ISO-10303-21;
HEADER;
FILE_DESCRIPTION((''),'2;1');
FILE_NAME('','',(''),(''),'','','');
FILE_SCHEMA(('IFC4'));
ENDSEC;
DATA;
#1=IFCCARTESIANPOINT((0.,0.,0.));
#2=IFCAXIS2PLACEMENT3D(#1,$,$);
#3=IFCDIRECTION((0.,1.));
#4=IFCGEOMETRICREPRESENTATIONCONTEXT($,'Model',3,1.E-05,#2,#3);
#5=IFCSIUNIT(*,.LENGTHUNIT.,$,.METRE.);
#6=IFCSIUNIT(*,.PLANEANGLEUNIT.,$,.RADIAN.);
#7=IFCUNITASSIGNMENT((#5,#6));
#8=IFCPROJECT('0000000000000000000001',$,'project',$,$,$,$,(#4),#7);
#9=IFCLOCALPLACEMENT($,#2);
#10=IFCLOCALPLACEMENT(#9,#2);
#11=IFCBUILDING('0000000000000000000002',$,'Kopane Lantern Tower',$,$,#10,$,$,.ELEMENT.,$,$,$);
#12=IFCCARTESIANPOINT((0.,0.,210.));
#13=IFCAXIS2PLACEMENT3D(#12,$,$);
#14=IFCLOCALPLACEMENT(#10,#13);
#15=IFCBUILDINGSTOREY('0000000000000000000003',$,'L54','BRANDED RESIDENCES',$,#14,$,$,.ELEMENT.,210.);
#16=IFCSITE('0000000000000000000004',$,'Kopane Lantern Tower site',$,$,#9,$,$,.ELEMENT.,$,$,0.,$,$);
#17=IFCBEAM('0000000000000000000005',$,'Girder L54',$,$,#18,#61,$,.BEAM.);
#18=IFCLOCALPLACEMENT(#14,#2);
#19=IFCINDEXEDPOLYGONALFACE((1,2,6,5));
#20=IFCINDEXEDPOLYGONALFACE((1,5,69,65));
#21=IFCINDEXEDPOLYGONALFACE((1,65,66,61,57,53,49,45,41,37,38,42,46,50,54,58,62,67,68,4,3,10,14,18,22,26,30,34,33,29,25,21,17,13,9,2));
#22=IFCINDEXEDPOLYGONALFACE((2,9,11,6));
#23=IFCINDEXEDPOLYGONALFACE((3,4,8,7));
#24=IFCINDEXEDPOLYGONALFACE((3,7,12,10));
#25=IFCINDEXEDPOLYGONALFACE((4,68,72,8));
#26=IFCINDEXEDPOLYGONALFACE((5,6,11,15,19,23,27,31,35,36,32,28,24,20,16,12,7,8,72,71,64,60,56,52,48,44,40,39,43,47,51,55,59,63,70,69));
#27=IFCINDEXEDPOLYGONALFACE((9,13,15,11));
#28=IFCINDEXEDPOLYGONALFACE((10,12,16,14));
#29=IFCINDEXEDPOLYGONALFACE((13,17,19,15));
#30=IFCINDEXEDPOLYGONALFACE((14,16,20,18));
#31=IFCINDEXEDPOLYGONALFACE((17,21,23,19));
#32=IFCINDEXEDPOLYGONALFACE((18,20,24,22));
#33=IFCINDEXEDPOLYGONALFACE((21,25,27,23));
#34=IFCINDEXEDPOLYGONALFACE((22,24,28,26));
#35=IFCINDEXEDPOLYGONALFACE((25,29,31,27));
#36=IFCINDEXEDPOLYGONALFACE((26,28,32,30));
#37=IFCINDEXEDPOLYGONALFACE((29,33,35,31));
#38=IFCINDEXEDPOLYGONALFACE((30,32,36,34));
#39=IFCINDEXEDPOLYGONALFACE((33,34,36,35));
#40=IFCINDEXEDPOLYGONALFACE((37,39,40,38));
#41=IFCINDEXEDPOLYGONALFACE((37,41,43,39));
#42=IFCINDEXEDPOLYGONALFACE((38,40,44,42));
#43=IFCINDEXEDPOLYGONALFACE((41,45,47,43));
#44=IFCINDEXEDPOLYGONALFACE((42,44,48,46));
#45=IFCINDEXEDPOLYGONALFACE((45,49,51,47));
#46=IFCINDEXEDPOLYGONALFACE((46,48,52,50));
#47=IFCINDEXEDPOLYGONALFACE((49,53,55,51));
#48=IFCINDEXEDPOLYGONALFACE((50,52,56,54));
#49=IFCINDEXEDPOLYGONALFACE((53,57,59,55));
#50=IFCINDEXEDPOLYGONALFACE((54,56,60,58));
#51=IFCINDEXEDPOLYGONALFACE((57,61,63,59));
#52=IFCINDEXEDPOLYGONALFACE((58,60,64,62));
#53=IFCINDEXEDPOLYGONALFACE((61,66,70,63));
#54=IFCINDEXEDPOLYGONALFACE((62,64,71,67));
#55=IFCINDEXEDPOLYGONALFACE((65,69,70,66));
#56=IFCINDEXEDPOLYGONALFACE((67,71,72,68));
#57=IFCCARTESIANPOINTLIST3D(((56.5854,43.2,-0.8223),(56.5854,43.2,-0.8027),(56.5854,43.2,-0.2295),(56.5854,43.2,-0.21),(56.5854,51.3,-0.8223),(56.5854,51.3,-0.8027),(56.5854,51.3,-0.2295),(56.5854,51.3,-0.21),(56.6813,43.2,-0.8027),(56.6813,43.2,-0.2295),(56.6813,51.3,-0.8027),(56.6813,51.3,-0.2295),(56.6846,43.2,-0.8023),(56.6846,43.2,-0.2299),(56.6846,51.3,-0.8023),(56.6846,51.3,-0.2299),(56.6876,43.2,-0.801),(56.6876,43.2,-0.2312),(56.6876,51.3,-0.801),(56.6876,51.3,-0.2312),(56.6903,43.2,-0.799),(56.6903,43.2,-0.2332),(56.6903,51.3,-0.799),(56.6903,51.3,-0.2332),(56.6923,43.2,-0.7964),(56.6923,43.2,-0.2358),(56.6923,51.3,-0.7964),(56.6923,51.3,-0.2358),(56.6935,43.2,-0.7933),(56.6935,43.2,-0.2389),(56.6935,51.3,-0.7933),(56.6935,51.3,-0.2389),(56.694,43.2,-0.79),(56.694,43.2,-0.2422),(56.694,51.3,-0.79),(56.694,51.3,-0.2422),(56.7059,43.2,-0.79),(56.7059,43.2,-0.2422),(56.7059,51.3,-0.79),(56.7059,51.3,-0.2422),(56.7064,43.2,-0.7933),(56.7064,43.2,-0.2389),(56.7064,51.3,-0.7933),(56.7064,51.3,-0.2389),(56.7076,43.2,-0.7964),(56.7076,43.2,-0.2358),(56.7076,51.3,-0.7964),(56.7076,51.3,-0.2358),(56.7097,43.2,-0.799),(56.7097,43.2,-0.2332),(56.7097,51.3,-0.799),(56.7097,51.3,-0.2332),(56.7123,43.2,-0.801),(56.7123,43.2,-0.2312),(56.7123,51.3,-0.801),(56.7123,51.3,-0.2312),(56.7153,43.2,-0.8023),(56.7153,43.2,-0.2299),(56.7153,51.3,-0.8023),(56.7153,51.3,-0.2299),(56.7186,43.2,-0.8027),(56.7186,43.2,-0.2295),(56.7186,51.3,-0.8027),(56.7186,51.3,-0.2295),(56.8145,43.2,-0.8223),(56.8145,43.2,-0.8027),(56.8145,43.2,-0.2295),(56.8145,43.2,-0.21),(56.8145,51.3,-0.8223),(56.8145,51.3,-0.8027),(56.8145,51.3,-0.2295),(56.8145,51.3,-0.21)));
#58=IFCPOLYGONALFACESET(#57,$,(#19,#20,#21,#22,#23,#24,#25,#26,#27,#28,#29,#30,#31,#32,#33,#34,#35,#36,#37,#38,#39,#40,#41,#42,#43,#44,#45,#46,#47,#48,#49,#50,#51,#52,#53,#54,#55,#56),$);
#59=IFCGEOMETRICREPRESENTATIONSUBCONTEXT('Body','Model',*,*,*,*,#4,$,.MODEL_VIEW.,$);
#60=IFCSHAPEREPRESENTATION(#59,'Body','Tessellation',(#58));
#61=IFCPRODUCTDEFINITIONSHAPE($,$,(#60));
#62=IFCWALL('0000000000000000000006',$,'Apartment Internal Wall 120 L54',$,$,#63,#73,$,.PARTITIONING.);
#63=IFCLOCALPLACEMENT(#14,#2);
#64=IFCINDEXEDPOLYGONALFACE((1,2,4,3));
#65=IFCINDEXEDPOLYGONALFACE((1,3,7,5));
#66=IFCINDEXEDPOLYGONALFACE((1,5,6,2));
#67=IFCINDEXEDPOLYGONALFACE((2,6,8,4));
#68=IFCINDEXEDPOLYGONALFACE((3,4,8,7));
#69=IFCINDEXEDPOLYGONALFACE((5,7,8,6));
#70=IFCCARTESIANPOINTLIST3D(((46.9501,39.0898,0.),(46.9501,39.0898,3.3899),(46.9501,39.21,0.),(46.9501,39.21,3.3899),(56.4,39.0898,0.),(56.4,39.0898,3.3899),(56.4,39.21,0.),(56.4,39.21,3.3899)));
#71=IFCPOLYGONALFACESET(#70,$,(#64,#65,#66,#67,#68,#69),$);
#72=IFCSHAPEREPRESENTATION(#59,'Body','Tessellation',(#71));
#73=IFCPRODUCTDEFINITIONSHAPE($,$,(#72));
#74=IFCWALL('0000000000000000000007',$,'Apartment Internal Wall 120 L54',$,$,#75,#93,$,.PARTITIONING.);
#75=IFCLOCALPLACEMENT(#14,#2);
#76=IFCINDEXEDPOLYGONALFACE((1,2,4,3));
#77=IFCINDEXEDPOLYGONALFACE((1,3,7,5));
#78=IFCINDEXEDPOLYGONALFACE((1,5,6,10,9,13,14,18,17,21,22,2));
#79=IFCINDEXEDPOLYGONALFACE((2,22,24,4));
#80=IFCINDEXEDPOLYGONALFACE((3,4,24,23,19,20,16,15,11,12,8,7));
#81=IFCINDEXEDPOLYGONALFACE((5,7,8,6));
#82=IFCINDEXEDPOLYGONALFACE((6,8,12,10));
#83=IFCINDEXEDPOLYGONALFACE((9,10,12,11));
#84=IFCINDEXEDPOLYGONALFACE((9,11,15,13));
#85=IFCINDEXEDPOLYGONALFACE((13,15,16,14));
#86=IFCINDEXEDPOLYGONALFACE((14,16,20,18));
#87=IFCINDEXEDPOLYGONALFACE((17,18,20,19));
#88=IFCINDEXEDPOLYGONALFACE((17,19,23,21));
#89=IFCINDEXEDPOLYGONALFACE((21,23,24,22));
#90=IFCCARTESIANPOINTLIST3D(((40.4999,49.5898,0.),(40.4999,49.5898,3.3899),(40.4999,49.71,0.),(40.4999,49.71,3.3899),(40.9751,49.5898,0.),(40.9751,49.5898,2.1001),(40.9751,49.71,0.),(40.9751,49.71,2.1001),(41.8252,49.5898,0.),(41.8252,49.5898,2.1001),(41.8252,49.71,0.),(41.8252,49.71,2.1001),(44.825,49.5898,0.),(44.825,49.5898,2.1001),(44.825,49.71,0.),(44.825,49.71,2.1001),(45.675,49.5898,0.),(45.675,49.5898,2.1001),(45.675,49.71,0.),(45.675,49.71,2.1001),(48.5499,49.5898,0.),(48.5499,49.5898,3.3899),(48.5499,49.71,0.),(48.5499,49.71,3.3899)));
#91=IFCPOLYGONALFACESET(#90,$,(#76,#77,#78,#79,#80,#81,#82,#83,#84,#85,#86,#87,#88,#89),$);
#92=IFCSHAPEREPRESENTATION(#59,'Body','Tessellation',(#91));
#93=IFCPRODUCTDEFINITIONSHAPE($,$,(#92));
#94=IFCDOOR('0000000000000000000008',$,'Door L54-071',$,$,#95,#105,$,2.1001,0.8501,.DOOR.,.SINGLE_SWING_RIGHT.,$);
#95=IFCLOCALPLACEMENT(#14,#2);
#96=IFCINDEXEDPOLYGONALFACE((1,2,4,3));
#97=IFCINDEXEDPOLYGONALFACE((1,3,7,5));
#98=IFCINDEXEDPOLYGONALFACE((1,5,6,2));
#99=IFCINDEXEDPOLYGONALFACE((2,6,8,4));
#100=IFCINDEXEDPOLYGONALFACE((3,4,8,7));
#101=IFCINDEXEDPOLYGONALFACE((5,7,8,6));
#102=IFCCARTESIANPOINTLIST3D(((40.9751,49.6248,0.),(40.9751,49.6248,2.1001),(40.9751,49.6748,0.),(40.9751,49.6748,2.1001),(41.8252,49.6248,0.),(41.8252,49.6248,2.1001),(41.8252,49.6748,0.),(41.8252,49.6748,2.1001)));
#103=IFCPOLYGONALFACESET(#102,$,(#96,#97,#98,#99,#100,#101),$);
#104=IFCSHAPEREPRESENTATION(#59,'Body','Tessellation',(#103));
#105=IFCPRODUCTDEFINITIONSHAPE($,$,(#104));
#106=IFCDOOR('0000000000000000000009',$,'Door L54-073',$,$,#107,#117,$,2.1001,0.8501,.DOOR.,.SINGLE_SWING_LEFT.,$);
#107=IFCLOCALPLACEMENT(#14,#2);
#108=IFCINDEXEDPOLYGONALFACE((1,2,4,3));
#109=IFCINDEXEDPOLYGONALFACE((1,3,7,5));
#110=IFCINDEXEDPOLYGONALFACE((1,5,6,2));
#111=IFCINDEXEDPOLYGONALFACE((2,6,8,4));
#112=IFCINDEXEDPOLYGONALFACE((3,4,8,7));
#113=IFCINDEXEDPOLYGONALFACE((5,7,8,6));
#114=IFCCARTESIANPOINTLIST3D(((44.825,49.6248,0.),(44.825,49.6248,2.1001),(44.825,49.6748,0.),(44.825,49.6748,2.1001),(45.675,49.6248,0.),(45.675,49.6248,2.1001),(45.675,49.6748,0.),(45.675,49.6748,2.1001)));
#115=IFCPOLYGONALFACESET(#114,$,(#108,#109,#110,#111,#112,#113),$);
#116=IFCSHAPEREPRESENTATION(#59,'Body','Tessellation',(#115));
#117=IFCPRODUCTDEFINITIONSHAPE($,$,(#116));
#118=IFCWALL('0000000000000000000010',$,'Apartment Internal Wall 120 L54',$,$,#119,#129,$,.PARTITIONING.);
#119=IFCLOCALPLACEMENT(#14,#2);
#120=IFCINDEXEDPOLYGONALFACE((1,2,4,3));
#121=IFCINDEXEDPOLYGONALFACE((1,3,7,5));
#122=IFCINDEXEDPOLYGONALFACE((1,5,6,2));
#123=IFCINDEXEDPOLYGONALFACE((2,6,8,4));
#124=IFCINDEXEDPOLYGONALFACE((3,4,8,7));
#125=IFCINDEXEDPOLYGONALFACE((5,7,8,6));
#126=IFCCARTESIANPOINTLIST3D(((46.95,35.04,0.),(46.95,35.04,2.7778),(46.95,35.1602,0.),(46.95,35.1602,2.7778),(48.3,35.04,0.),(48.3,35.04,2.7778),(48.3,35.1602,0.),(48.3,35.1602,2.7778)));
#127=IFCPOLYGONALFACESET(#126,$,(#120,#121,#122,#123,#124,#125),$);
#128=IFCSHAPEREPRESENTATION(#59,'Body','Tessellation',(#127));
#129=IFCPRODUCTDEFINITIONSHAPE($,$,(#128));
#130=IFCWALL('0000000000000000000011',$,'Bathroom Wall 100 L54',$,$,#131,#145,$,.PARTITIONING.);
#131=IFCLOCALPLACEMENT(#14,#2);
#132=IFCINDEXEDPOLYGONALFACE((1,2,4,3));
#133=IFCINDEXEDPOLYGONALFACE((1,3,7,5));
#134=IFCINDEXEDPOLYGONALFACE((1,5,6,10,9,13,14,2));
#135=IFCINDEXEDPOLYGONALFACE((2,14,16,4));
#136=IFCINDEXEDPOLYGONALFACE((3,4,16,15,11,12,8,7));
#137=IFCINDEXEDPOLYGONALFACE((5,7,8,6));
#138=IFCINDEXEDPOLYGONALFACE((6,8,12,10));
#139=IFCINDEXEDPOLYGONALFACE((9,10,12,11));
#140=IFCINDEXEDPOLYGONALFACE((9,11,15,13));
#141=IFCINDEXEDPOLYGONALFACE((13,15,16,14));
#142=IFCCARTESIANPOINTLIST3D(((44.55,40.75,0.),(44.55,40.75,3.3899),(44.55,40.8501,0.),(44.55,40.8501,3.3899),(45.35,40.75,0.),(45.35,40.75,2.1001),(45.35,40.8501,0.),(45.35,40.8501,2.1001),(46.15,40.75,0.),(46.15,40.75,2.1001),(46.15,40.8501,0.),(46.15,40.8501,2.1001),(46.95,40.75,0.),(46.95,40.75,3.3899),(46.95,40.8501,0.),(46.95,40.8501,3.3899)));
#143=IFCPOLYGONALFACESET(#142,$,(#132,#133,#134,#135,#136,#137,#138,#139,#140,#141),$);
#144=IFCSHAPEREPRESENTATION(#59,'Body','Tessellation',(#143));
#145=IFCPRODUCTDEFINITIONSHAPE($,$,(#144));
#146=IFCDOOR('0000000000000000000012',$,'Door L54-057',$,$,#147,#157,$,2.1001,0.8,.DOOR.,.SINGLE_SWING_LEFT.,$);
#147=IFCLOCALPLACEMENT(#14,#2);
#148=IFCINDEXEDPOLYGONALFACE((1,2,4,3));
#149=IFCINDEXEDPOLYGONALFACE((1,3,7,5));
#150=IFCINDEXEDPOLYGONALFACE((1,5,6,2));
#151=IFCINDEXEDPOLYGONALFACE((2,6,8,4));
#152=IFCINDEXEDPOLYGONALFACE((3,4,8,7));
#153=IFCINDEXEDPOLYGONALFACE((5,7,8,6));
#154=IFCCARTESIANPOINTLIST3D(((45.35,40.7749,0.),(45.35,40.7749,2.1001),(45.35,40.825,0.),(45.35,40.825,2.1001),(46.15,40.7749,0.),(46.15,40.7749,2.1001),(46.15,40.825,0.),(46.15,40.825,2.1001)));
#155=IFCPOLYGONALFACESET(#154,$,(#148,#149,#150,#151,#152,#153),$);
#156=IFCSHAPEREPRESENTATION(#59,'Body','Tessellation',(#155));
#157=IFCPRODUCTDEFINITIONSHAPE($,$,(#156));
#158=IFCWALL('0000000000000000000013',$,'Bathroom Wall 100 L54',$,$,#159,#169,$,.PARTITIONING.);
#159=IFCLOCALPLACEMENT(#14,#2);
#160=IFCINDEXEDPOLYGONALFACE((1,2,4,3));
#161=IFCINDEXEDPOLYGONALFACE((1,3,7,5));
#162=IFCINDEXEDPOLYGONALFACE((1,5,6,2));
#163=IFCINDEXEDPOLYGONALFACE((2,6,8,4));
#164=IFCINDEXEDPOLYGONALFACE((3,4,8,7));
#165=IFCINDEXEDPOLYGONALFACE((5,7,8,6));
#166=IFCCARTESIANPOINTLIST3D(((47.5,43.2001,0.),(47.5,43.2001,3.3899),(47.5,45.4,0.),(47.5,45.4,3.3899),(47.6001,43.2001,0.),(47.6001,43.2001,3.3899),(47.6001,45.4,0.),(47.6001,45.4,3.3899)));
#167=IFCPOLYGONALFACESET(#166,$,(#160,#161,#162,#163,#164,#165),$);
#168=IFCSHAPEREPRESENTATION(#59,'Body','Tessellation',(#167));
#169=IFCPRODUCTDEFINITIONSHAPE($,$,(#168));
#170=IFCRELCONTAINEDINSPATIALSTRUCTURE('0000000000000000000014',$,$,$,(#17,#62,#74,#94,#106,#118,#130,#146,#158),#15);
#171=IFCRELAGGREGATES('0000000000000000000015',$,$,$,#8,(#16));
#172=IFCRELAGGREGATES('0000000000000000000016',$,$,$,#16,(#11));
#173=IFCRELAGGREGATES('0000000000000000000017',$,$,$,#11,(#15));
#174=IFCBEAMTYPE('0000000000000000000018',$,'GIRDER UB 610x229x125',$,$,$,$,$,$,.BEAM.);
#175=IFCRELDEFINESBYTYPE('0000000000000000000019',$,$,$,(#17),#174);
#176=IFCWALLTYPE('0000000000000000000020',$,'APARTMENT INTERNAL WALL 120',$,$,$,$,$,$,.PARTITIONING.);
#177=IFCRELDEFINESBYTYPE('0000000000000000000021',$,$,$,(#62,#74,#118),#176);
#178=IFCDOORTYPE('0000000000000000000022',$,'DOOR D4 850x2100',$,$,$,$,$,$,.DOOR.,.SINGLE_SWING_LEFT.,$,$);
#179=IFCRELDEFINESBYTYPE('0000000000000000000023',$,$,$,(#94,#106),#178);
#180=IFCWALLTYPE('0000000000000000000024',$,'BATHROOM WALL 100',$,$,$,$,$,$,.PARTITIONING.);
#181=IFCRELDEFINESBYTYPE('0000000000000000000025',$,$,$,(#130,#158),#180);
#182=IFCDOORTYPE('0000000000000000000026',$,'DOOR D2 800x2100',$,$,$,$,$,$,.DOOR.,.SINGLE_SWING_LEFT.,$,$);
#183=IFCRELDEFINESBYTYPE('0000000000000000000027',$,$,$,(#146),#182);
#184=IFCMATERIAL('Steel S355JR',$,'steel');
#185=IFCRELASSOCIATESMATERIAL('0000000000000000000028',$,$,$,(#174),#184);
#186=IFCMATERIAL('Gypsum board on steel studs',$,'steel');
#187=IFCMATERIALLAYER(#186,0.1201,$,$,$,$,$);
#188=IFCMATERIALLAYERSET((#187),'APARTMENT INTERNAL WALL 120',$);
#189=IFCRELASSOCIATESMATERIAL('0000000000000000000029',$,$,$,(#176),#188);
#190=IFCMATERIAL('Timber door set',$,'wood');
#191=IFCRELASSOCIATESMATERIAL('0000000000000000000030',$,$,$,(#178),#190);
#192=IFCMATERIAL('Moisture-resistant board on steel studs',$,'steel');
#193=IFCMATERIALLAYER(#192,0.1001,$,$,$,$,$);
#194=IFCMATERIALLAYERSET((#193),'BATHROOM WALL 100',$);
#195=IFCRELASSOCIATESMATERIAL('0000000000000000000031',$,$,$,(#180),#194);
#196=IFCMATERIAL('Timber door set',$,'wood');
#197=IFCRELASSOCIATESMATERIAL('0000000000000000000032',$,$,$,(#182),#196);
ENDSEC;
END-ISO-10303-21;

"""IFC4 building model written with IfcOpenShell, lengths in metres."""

from ifc_helpers import new_model, si_unit, direction, frame, frame_2d, origin, origin_2d, place, context, subcontext, project, spatial, rectangle, i_section, extrude, material, layer, layer_set, material_profile, profile_set, type_object, element, fill, save


model = new_model("IFC4")

# Units and contexts
model_context = context("Model", 3, precision=1e-05, world=origin(), true_north=direction((0.0, 1.0)))
body_context = subcontext(model_context, "Body", "Model", "MODEL_VIEW")
ifc_project = project(units=[si_unit("LENGTHUNIT", "METRE"), si_unit("PLANEANGLEUNIT", "RADIAN")], contexts=[model_context])

# Site, building, storey
site_placement = place(None, origin())
site = spatial("IfcSite", under=ifc_project, at=site_placement, Name="Kopane Lantern Tower site", CompositionType="ELEMENT", RefElevation=0.0)
building_placement = place(site_placement, origin())
building = spatial("IfcBuilding", under=site, at=building_placement, Name="Kopane Lantern Tower", CompositionType="ELEMENT")
storey_placement = place(building_placement, frame((0.0, 0.0, 210.0)))
storey = spatial("IfcBuildingStorey", under=building, at=storey_placement, Name="L54", Description="BRANDED RESIDENCES", CompositionType="ELEMENT", Elevation=210.0)

# Beam
ifc_material_1 = material(Name="Steel S355JR", Category="steel")
ifc_material_profile_1 = material_profile(ifc_material_1, i_section(OverallWidth=0.229, OverallDepth=0.6123, WebThickness=0.012, FlangeThickness=0.0195, FilletRadius=0.0127, at=origin_2d()), Name="UB 610x229x125")
ifc_profile_set_1 = profile_set([ifc_material_profile_1], Name="Steel S355JR")
beam_type = type_object("IfcBeamType", Name="GIRDER UB 610x229x125", PredefinedType="BEAM", material=ifc_profile_set_1)
beam_1_placement = place(storey_placement, frame((56.7, 43.2, -0.5161), z_axis=(0.0, 1.0, 0.0), x_axis=(-1.0, 0.0, 0.0)))
element("IfcBeam", 1, at=beam_1_placement, inside=storey, type_object=beam_type, Name="Girder L54", PredefinedType="BEAM", context=body_context, shape_type="SweptSolid", body=[
    extrude(i_section(OverallWidth=0.229, OverallDepth=0.6123, WebThickness=0.012, FlangeThickness=0.0195, FilletRadius=0.0127, at=origin_2d()), origin(), (0.0, 0.0, 1.0), 8.1001),
])

# Wall
ifc_material_2 = material(Name="Gypsum board on steel studs", Category="steel")
ifc_layer_1 = layer(ifc_material_2, 0.1201)
ifc_layer_set_1 = layer_set([ifc_layer_1], Name="APARTMENT INTERNAL WALL 120")
wall_type_1 = type_object("IfcWallType", Name="APARTMENT INTERNAL WALL 120", PredefinedType="PARTITIONING", material=ifc_layer_set_1)
wall_1_placement = place(storey_placement, frame((46.95, 39.1499, 0.0), z_axis=(0.0, 0.0, 1.0), x_axis=(1.0, 0.0, 0.0)))
element("IfcWall", 2, at=wall_1_placement, inside=storey, type_object=wall_type_1, Name="Apartment Internal Wall 120 L54", PredefinedType="PARTITIONING", context=body_context, shape_type="SweptSolid", body=[
    extrude(rectangle(XDim=9.45, YDim=0.1201, at=frame_2d((4.7251, 0.0))), origin(), (0.0, 0.0, 1.0), 3.3899),
])

# Wall, openings, doors
wall_2_placement = place(storey_placement, frame((40.5, 49.6499, 0.0), z_axis=(0.0, 0.0, 1.0), x_axis=(1.0, 0.0, 0.0)))
wall_2 = element("IfcWall", 3, at=wall_2_placement, inside=storey, type_object=wall_type_1, Name="Apartment Internal Wall 120 L54", PredefinedType="PARTITIONING", context=body_context, shape_type="SweptSolid", body=[
    extrude(rectangle(XDim=8.05, YDim=0.1201, at=frame_2d((4.0249, 0.0))), origin(), (0.0, 0.0, 1.0), 3.3899),
])
opening_1_placement = place(wall_2_placement, frame((0.4751, 0.0, 0.0)))
opening_1 = element("IfcOpeningElement", 4, at=opening_1_placement, cuts=wall_2, PredefinedType="OPENING", context=body_context, shape_type="SweptSolid", body=[
    extrude(rectangle(XDim=0.8501, YDim=2.1001, at=frame_2d((0.425, 1.05))), frame((0.0, 0.0701, 0.0), z_axis=(0.0, -1.0, 0.0), x_axis=(1.0, 0.0, 0.0)), (0.0, 0.0, 1.0), 0.1401),
])
opening_2_placement = place(wall_2_placement, frame((4.325, 0.0, 0.0)))
opening_2 = element("IfcOpeningElement", 5, at=opening_2_placement, cuts=wall_2, PredefinedType="OPENING", context=body_context, shape_type="SweptSolid", body=[
    extrude(rectangle(XDim=0.8501, YDim=2.1001, at=frame_2d((0.425, 1.05))), frame((0.0, 0.0701, 0.0), z_axis=(0.0, -1.0, 0.0), x_axis=(1.0, 0.0, 0.0)), (0.0, 0.0, 1.0), 0.1401),
])
ifc_material_3 = material(Name="Timber door set", Category="wood")
door_type_1 = type_object("IfcDoorType", Name="DOOR D4 850x2100", OperationType="SINGLE_SWING_LEFT", PredefinedType="DOOR", material=ifc_material_3)
door_1_placement = place(opening_1_placement, origin())
door_1 = element("IfcDoor", 6, at=door_1_placement, inside=storey, type_object=door_type_1, Name="Door L54-071", OperationType="SINGLE_SWING_RIGHT", OverallHeight=2.1001, OverallWidth=0.8501, PredefinedType="DOOR", context=body_context, shape_type="SweptSolid", body=[
    extrude(rectangle(XDim=0.8501, YDim=2.1001, at=frame_2d((0.425, 1.05))), frame((0.0, 0.0249, 0.0), z_axis=(0.0, -1.0, 0.0), x_axis=(1.0, 0.0, 0.0)), (0.0, 0.0, 1.0), 0.05),
])
fill(opening_1, door_1)
door_2_placement = place(opening_2_placement, origin())
door_2 = element("IfcDoor", 7, at=door_2_placement, inside=storey, type_object=door_type_1, Name="Door L54-073", OperationType="SINGLE_SWING_LEFT", OverallHeight=2.1001, OverallWidth=0.8501, PredefinedType="DOOR", context=body_context, shape_type="SweptSolid", body=[
    extrude(rectangle(XDim=0.8501, YDim=2.1001, at=frame_2d((0.425, 1.05))), frame((0.0, 0.0249, 0.0), z_axis=(0.0, -1.0, 0.0), x_axis=(1.0, 0.0, 0.0)), (0.0, 0.0, 1.0), 0.05),
])
fill(opening_2, door_2)

# Wall
wall_3_placement = place(storey_placement, frame((46.95, 35.1001, 0.0), z_axis=(0.0, 0.0, 1.0), x_axis=(1.0, 0.0, 0.0)))
element("IfcWall", 8, at=wall_3_placement, inside=storey, type_object=wall_type_1, Name="Apartment Internal Wall 120 L54", PredefinedType="PARTITIONING", context=body_context, shape_type="SweptSolid", body=[
    extrude(rectangle(XDim=1.3501, YDim=0.1201, at=frame_2d((0.675, 0.0))), origin(), (0.0, 0.0, 1.0), 2.7778),
])

# Wall, opening, door
ifc_material_4 = material(Name="Moisture-resistant board on steel studs", Category="steel")
ifc_layer_2 = layer(ifc_material_4, 0.1001)
ifc_layer_set_2 = layer_set([ifc_layer_2], Name="BATHROOM WALL 100")
wall_type_2 = type_object("IfcWallType", Name="BATHROOM WALL 100", PredefinedType="PARTITIONING", material=ifc_layer_set_2)
wall_4_placement = place(storey_placement, frame((44.55, 40.8, 0.0), z_axis=(0.0, 0.0, 1.0), x_axis=(1.0, 0.0, 0.0)))
wall_4 = element("IfcWall", 9, at=wall_4_placement, inside=storey, type_object=wall_type_2, Name="Bathroom Wall 100 L54", PredefinedType="PARTITIONING", context=body_context, shape_type="SweptSolid", body=[
    extrude(rectangle(XDim=2.3999, YDim=0.1001, at=frame_2d((1.2, 0.0))), origin(), (0.0, 0.0, 1.0), 3.3899),
])
opening_3_placement = place(wall_4_placement, frame((0.8, 0.0, 0.0)))
opening_3 = element("IfcOpeningElement", 10, at=opening_3_placement, cuts=wall_4, PredefinedType="OPENING", context=body_context, shape_type="SweptSolid", body=[
    extrude(rectangle(XDim=0.8, YDim=2.1001, at=frame_2d((0.3999, 1.05))), frame((0.0, 0.0601, 0.0), z_axis=(0.0, -1.0, 0.0), x_axis=(1.0, 0.0, 0.0)), (0.0, 0.0, 1.0), 0.1201),
])
ifc_material_5 = material(Name="Timber door set", Category="wood")
door_type_2 = type_object("IfcDoorType", Name="DOOR D2 800x2100", OperationType="SINGLE_SWING_LEFT", PredefinedType="DOOR", material=ifc_material_5)
door_3_placement = place(opening_3_placement, origin())
door_3 = element("IfcDoor", 11, at=door_3_placement, inside=storey, type_object=door_type_2, Name="Door L54-057", OperationType="SINGLE_SWING_LEFT", OverallHeight=2.1001, OverallWidth=0.8, PredefinedType="DOOR", context=body_context, shape_type="SweptSolid", body=[
    extrude(rectangle(XDim=0.8, YDim=2.1001, at=frame_2d((0.3999, 1.05))), frame((0.0, 0.0249, 0.0), z_axis=(0.0, -1.0, 0.0), x_axis=(1.0, 0.0, 0.0)), (0.0, 0.0, 1.0), 0.05),
])
fill(opening_3, door_3)

# Wall
wall_5_placement = place(storey_placement, frame((47.55, 43.2, 0.0), z_axis=(0.0, 0.0, 1.0), x_axis=(0.0, 1.0, 0.0)))
element("IfcWall", 12, at=wall_5_placement, inside=storey, type_object=wall_type_2, Name="Bathroom Wall 100 L54", PredefinedType="PARTITIONING", context=body_context, shape_type="SweptSolid", body=[
    extrude(rectangle(XDim=2.2, YDim=0.1001, at=frame_2d((1.1001, 0.0))), origin(), (0.0, 0.0, 1.0), 3.3899),
])

save(model, "model.ifc")
